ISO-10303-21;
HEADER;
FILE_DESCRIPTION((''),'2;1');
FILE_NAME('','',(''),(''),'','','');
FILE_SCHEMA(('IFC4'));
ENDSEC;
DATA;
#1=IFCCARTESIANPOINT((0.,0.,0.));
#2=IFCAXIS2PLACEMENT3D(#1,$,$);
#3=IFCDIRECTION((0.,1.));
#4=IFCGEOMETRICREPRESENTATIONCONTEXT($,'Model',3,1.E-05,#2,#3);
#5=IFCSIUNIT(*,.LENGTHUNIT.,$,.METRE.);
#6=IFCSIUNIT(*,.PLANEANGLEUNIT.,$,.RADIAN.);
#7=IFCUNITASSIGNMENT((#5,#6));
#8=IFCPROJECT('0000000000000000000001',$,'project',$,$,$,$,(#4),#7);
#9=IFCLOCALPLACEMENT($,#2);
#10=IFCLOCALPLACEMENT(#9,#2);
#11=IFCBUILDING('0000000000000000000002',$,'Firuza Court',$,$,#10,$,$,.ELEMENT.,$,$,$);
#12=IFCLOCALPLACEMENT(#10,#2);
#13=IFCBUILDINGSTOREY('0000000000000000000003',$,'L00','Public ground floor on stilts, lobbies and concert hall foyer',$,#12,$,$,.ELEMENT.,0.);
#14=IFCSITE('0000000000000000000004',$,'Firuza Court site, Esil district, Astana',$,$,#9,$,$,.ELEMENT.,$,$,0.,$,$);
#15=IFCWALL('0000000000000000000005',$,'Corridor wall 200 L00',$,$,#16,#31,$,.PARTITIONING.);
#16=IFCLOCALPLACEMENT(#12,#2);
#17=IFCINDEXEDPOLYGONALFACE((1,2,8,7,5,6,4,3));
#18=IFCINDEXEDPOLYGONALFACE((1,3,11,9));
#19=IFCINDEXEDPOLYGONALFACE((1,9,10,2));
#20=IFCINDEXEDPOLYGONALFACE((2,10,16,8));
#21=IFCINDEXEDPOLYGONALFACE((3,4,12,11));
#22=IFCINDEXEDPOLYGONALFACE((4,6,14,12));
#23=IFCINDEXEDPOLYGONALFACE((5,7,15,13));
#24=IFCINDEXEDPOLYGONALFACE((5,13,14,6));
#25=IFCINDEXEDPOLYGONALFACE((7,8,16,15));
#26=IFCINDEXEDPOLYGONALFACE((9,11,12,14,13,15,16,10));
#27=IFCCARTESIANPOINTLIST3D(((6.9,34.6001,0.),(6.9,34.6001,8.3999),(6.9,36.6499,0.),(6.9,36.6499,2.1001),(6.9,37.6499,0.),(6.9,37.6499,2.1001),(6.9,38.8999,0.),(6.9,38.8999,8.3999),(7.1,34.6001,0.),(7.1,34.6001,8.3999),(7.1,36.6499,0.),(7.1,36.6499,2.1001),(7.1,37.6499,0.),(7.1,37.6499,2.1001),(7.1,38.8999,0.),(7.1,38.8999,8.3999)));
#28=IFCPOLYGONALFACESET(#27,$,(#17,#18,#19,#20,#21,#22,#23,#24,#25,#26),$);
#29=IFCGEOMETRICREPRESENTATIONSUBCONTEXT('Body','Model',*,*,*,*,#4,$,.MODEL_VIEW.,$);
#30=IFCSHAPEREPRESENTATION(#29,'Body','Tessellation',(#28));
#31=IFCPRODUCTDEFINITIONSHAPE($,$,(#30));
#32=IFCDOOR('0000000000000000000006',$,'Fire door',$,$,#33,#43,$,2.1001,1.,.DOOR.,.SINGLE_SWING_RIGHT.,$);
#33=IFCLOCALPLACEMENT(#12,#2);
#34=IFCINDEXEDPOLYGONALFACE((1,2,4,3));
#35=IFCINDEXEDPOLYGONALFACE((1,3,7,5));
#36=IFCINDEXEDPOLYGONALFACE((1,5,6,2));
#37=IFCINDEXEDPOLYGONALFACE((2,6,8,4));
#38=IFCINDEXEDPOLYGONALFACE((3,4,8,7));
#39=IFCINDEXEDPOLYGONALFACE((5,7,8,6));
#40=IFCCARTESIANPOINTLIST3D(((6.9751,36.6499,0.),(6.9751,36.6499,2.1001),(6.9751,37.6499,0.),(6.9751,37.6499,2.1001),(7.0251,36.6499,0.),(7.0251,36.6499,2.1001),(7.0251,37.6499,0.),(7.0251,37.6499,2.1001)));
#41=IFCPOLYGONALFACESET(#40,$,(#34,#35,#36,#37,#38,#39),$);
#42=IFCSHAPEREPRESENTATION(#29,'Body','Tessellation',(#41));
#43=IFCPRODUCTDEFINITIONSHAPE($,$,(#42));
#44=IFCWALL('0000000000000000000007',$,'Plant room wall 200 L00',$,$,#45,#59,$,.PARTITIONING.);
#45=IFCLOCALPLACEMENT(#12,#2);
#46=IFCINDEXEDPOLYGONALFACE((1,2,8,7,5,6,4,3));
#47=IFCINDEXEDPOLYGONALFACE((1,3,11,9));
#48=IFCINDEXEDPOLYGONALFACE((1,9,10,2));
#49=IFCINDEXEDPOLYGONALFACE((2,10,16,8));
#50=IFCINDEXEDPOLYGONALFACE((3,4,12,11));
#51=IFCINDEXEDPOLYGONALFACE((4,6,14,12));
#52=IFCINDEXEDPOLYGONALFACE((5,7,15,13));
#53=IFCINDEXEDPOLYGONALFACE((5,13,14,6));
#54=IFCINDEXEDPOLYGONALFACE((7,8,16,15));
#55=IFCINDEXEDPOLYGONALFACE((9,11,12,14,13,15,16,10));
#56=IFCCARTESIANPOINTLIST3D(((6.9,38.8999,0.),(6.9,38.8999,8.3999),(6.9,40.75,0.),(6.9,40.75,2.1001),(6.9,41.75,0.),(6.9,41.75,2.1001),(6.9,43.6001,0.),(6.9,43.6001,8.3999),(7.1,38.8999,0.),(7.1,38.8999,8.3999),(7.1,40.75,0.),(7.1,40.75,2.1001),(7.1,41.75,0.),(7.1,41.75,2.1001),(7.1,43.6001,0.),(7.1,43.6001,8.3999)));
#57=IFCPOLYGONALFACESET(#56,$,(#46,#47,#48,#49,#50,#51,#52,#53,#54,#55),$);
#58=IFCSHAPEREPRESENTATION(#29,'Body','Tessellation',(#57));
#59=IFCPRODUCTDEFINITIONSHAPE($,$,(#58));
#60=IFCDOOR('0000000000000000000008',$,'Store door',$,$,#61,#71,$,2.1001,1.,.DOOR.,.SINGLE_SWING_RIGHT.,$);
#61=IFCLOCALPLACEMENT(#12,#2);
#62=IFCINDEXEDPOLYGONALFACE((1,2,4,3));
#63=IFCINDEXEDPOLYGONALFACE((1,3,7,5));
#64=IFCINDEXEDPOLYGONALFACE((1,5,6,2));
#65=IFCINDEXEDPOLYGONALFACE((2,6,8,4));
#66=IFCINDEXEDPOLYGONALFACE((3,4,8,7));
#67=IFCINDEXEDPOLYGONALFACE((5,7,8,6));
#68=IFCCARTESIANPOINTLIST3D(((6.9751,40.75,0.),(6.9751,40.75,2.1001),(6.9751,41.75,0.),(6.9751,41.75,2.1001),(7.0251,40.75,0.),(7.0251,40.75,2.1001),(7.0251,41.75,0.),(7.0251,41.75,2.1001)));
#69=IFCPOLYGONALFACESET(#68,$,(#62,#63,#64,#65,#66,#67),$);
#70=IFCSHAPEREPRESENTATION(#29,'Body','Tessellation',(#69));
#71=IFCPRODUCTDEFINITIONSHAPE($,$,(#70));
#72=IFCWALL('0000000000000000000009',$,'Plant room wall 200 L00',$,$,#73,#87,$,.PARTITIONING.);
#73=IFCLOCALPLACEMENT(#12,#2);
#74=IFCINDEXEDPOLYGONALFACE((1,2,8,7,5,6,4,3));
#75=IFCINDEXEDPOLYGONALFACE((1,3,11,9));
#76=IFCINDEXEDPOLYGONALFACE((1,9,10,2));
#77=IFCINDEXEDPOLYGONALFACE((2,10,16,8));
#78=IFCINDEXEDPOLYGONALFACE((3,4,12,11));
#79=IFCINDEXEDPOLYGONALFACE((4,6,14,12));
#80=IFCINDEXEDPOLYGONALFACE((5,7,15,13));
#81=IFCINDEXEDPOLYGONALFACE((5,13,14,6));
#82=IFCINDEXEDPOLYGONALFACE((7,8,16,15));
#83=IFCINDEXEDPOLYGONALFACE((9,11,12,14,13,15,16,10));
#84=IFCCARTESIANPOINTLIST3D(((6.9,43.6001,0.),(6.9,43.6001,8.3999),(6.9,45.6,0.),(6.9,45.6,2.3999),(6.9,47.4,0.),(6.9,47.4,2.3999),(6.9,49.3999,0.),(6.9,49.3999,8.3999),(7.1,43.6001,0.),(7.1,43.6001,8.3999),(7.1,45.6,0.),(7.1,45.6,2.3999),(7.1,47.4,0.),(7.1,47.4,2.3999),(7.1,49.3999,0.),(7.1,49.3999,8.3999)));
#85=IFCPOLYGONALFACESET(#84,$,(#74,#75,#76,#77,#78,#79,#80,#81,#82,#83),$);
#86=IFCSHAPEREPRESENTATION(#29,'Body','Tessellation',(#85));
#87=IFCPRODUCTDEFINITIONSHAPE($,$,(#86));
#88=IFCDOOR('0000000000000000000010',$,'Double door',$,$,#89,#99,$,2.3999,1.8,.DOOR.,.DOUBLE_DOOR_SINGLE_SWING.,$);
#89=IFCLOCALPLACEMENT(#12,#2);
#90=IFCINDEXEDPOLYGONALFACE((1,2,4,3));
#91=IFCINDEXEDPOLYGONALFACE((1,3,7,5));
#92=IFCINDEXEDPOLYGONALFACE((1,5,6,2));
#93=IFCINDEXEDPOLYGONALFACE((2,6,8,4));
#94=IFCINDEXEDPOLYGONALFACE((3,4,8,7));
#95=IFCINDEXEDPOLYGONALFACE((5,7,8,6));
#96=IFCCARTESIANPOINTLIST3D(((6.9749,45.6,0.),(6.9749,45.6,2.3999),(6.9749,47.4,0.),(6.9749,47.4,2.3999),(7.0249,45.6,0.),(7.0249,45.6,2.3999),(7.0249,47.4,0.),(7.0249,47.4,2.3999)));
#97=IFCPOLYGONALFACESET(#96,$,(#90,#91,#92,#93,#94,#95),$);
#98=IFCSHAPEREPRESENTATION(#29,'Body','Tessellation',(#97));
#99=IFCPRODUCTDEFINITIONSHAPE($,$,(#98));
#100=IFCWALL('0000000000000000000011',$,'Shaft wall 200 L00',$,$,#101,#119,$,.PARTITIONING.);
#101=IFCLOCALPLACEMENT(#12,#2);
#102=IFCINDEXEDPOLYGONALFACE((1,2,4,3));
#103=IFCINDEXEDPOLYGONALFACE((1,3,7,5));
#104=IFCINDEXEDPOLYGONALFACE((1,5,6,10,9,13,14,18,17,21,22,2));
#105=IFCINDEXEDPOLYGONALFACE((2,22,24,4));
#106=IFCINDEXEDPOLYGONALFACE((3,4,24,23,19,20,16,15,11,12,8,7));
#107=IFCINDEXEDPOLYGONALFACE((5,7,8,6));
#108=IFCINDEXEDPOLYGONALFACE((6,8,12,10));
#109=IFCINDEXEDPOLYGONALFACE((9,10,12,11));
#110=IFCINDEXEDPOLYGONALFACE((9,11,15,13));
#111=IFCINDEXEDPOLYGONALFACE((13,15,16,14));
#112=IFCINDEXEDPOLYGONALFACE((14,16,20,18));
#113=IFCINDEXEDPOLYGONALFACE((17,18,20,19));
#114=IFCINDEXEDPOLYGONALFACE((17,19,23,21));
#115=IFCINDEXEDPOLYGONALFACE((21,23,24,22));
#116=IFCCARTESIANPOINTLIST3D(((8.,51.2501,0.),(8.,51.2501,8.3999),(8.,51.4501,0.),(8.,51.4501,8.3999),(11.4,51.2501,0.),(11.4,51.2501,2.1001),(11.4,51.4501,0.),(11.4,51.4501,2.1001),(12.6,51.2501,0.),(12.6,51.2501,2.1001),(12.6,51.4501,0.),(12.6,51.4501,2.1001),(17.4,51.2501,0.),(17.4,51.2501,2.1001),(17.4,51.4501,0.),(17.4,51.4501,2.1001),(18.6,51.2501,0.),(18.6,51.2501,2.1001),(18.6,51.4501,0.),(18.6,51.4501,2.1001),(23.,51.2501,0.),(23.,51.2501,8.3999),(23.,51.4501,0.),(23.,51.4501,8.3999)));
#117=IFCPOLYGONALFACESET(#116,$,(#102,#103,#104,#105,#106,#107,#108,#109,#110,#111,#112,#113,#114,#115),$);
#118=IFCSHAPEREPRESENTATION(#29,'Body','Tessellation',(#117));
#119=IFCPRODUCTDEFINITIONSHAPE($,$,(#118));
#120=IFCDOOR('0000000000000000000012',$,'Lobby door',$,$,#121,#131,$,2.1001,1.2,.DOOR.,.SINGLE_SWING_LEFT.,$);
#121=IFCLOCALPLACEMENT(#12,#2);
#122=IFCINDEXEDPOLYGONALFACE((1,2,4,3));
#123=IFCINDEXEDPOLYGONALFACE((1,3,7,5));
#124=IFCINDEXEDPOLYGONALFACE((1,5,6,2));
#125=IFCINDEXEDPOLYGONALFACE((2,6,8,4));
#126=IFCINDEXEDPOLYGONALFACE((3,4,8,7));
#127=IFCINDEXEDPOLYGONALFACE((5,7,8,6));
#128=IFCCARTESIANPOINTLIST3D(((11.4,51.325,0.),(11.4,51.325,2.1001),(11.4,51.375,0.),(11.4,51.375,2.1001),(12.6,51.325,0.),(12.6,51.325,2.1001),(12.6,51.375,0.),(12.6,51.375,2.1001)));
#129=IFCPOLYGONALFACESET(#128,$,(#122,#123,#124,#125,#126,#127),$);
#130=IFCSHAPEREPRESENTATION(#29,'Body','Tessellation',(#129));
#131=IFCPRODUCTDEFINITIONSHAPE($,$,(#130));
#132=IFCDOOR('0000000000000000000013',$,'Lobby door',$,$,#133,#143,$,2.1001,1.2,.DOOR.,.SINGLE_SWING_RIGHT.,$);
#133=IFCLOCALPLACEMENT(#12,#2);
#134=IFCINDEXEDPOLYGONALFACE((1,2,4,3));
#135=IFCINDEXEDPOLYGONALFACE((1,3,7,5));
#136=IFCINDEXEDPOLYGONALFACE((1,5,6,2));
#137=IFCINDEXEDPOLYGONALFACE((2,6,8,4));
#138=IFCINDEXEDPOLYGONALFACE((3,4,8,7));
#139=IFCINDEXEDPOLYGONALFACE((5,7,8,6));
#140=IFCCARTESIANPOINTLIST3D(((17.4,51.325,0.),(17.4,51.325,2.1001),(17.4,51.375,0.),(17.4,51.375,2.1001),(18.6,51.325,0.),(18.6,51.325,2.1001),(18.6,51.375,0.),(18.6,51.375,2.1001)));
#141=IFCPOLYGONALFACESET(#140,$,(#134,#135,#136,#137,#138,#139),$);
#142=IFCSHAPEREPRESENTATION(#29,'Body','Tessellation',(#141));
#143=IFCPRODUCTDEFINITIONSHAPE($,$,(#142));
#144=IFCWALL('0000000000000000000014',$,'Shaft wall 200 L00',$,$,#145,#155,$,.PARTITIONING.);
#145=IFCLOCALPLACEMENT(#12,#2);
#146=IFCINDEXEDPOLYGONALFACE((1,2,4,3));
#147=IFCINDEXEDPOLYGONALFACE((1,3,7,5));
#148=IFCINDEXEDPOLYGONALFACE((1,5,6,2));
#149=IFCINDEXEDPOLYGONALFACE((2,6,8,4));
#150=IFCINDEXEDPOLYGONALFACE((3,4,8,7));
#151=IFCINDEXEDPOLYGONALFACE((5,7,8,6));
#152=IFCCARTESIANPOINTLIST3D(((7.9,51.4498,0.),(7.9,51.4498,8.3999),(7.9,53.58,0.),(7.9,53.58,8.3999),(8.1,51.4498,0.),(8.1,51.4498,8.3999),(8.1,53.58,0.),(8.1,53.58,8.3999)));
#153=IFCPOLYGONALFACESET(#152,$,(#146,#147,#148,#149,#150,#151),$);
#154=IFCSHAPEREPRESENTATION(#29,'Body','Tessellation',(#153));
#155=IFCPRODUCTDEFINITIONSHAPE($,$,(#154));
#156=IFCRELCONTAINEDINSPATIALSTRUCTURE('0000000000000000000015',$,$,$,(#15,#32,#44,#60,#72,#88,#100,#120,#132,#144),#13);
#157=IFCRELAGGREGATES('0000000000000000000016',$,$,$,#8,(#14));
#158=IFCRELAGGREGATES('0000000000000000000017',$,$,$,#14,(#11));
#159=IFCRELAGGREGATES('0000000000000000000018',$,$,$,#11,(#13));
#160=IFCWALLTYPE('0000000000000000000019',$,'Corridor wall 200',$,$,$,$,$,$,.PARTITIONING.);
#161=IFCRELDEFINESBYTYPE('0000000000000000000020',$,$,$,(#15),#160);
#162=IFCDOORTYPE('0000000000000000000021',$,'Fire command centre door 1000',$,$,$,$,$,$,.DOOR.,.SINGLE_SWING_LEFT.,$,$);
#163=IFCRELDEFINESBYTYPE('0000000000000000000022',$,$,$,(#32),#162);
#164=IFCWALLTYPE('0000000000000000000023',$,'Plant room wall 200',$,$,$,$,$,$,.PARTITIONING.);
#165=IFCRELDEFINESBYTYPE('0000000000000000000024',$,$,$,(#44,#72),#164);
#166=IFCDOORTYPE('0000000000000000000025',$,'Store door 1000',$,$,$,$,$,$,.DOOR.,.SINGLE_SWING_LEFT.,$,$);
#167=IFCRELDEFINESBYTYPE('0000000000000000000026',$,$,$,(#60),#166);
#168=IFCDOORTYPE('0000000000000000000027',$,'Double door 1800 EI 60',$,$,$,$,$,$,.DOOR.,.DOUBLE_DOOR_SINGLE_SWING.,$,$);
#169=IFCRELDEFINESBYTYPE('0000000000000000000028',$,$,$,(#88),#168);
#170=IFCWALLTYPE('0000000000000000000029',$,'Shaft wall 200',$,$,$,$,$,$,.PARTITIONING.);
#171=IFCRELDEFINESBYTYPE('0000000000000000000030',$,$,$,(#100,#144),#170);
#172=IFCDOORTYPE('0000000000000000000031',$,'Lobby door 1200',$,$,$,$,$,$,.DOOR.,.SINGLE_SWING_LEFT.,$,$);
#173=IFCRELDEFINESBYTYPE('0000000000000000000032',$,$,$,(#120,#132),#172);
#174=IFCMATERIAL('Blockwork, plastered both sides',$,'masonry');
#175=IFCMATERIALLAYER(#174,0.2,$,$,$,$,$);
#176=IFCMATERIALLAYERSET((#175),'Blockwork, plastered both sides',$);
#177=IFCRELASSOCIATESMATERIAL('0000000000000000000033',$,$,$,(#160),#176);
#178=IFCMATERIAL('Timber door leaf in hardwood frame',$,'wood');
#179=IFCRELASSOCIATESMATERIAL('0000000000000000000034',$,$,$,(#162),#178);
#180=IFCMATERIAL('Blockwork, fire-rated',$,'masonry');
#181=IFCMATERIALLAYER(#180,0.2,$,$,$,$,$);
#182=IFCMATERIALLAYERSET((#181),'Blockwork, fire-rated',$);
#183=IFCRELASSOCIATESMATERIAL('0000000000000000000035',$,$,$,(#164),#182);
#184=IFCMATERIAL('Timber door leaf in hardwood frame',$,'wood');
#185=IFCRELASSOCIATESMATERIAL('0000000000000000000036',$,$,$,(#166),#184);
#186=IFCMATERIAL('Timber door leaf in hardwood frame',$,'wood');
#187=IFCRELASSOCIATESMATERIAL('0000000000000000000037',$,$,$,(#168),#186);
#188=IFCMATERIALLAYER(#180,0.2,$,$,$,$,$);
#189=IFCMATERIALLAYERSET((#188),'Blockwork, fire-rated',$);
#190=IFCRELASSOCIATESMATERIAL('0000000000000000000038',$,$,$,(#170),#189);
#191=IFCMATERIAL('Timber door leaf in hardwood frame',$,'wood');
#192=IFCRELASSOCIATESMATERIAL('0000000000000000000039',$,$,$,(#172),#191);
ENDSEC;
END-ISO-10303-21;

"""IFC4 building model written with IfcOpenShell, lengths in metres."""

from ifc_helpers import new_model, si_unit, direction, frame, frame_2d, origin, place, context, subcontext, project, spatial, rectangle, extrude, material, layer, layer_set, type_object, element, fill, save


model = new_model("IFC4")

# Units and contexts
model_context = context("Model", 3, precision=1e-05, world=origin(), true_north=direction((0.0, 1.0)))
body_context = subcontext(model_context, "Body", "Model", "MODEL_VIEW")
ifc_project = project(units=[si_unit("LENGTHUNIT", "METRE"), si_unit("PLANEANGLEUNIT", "RADIAN")], contexts=[model_context])

# Site, building, storey
site_placement = place(None, origin())
site = spatial("IfcSite", under=ifc_project, at=site_placement, Name="Firuza Court site, Esil district, Astana", CompositionType="ELEMENT", RefElevation=0.0)
building_placement = place(site_placement, origin())
building = spatial("IfcBuilding", under=site, at=building_placement, Name="Firuza Court", CompositionType="ELEMENT")
storey_placement = place(building_placement, origin())
storey = spatial("IfcBuildingStorey", under=building, at=storey_placement, Name="L00", Description="Public ground floor on stilts, lobbies and concert hall foyer", CompositionType="ELEMENT", Elevation=0.0)

# Wall, opening, door
ifc_material_1 = material(Name="Blockwork, plastered both sides", Category="masonry")
ifc_layer_1 = layer(ifc_material_1, 0.2)
ifc_layer_set_1 = layer_set([ifc_layer_1], Name="Blockwork, plastered both sides")
wall_type_1 = type_object("IfcWallType", Name="Corridor wall 200", PredefinedType="PARTITIONING", material=ifc_layer_set_1)
wall_1_placement = place(storey_placement, frame((7.0, 38.8999, 0.0), z_axis=(0.0, 0.0, 1.0), x_axis=(0.0, -1.0, 0.0)))
wall_1 = element("IfcWall", 1, at=wall_1_placement, inside=storey, type_object=wall_type_1, Name="Corridor wall 200 L00", PredefinedType="PARTITIONING", context=body_context, shape_type="SweptSolid", body=[
    extrude(rectangle(XDim=4.2998, YDim=0.2, at=frame_2d((2.1499, 0.0))), origin(), (0.0, 0.0, 1.0), 8.3999),
])
opening_1_placement = place(wall_1_placement, frame((1.25, 0.0, 0.0)))
opening_1 = element("IfcOpeningElement", 2, at=opening_1_placement, cuts=wall_1, PredefinedType="OPENING", context=body_context, shape_type="SweptSolid", body=[
    extrude(rectangle(XDim=1.0, YDim=2.1001, at=frame_2d((0.5, 1.05))), frame((0.0, 0.1118, 0.0), z_axis=(0.0, -1.0, 0.0), x_axis=(1.0, 0.0, 0.0)), (0.0, 0.0, 1.0), 0.2239),
])
ifc_material_2 = material(Name="Timber door leaf in hardwood frame", Category="wood")
door_type_1 = type_object("IfcDoorType", Name="Fire command centre door 1000", OperationType="SINGLE_SWING_LEFT", PredefinedType="DOOR", material=ifc_material_2)
door_1_placement = place(opening_1_placement, frame((1.0, 0.0, 0.0), z_axis=(0.0, 0.0, 1.0), x_axis=(-1.0, 0.0, 0.0)))
door_1 = element("IfcDoor", 3, at=door_1_placement, inside=storey, type_object=door_type_1, Name="Fire door", OperationType="SINGLE_SWING_RIGHT", OverallHeight=2.1001, OverallWidth=1.0, PredefinedType="DOOR", context=body_context, shape_type="SweptSolid", body=[
    extrude(rectangle(XDim=1.0, YDim=2.1001, at=frame_2d((0.5, 1.05))), frame((0.0, 0.0249, 0.0), z_axis=(0.0, -1.0, 0.0), x_axis=(1.0, 0.0, 0.0)), (0.0, 0.0, 1.0), 0.05),
])
fill(opening_1, door_1)

# Walls, openings, doors
ifc_material_3 = material(Name="Blockwork, fire-rated", Category="masonry")
ifc_layer_2 = layer(ifc_material_3, 0.2)
ifc_layer_set_2 = layer_set([ifc_layer_2], Name="Blockwork, fire-rated")
wall_type_2 = type_object("IfcWallType", Name="Plant room wall 200", PredefinedType="PARTITIONING", material=ifc_layer_set_2)
wall_2_placement = place(storey_placement, frame((7.0, 43.6001, 0.0), z_axis=(0.0, 0.0, 1.0), x_axis=(0.0, -1.0, 0.0)))
wall_2 = element("IfcWall", 4, at=wall_2_placement, inside=storey, type_object=wall_type_2, Name="Plant room wall 200 L00", PredefinedType="PARTITIONING", context=body_context, shape_type="SweptSolid", body=[
    extrude(rectangle(XDim=4.7002, YDim=0.2, at=frame_2d((2.3501, 0.0))), origin(), (0.0, 0.0, 1.0), 8.3999),
])
opening_2_placement = place(wall_2_placement, frame((1.8501, 0.0, 0.0)))
opening_2 = element("IfcOpeningElement", 5, at=opening_2_placement, cuts=wall_2, PredefinedType="OPENING", context=body_context, shape_type="SweptSolid", body=[
    extrude(rectangle(XDim=1.0, YDim=2.1001, at=frame_2d((0.5, 1.05))), frame((0.0, 0.1118, 0.0), z_axis=(0.0, -1.0, 0.0), x_axis=(1.0, 0.0, 0.0)), (0.0, 0.0, 1.0), 0.2239),
])
ifc_material_4 = material(Name="Timber door leaf in hardwood frame", Category="wood")
door_type_2 = type_object("IfcDoorType", Name="Store door 1000", OperationType="SINGLE_SWING_LEFT", PredefinedType="DOOR", material=ifc_material_4)
door_2_placement = place(opening_2_placement, frame((1.0, 0.0, 0.0), z_axis=(0.0, 0.0, 1.0), x_axis=(-1.0, 0.0, 0.0)))
door_2 = element("IfcDoor", 6, at=door_2_placement, inside=storey, type_object=door_type_2, Name="Store door", OperationType="SINGLE_SWING_RIGHT", OverallHeight=2.1001, OverallWidth=1.0, PredefinedType="DOOR", context=body_context, shape_type="SweptSolid", body=[
    extrude(rectangle(XDim=1.0, YDim=2.1001, at=frame_2d((0.5, 1.05))), frame((0.0, 0.0249, 0.0), z_axis=(0.0, -1.0, 0.0), x_axis=(1.0, 0.0, 0.0)), (0.0, 0.0, 1.0), 0.05),
])
fill(opening_2, door_2)
wall_3_placement = place(storey_placement, frame((7.0, 49.3999, 0.0), z_axis=(0.0, 0.0, 1.0), x_axis=(0.0, -1.0, 0.0)))
wall_3 = element("IfcWall", 7, at=wall_3_placement, inside=storey, type_object=wall_type_2, Name="Plant room wall 200 L00", PredefinedType="PARTITIONING", context=body_context, shape_type="SweptSolid", body=[
    extrude(rectangle(XDim=5.7998, YDim=0.2, at=frame_2d((2.8999, 0.0))), origin(), (0.0, 0.0, 1.0), 8.3999),
])
opening_3_placement = place(wall_3_placement, frame((2.0, 0.0, 0.0)))
opening_3 = element("IfcOpeningElement", 8, at=opening_3_placement, cuts=wall_3, PredefinedType="OPENING", context=body_context, shape_type="SweptSolid", body=[
    extrude(rectangle(XDim=1.8, YDim=2.3999, at=frame_2d((0.8999, 1.2))), frame((0.0, 0.1118, 0.0), z_axis=(0.0, -1.0, 0.0), x_axis=(1.0, 0.0, 0.0)), (0.0, 0.0, 1.0), 0.2239),
])
ifc_material_5 = material(Name="Timber door leaf in hardwood frame", Category="wood")
door_type_3 = type_object("IfcDoorType", Name="Double door 1800 EI 60", OperationType="DOUBLE_DOOR_SINGLE_SWING", PredefinedType="DOOR", material=ifc_material_5)
door_3_placement = place(opening_3_placement, origin())
door_3 = element("IfcDoor", 9, at=door_3_placement, inside=storey, type_object=door_type_3, Name="Double door", OperationType="DOUBLE_DOOR_SINGLE_SWING", OverallHeight=2.3999, OverallWidth=1.8, PredefinedType="DOOR", context=body_context, shape_type="SweptSolid", body=[
    extrude(rectangle(XDim=1.8, YDim=2.3999, at=frame_2d((0.8999, 1.2))), frame((0.0, 0.0249, 0.0), z_axis=(0.0, -1.0, 0.0), x_axis=(1.0, 0.0, 0.0)), (0.0, 0.0, 1.0), 0.05),
])
fill(opening_3, door_3)

# Wall, openings, doors
ifc_layer_3 = layer(ifc_material_3, 0.2)
ifc_layer_set_3 = layer_set([ifc_layer_3], Name="Blockwork, fire-rated")
wall_type_3 = type_object("IfcWallType", Name="Shaft wall 200", PredefinedType="PARTITIONING", material=ifc_layer_set_3)
wall_4_placement = place(storey_placement, frame((8.0, 51.3501, 0.0), z_axis=(0.0, 0.0, 1.0), x_axis=(1.0, 0.0, 0.0)))
wall_4 = element("IfcWall", 10, at=wall_4_placement, inside=storey, type_object=wall_type_3, Name="Shaft wall 200 L00", PredefinedType="PARTITIONING", context=body_context, shape_type="SweptSolid", body=[
    extrude(rectangle(XDim=15.0, YDim=0.2, at=frame_2d((7.5, 0.0))), origin(), (0.0, 0.0, 1.0), 8.3999),
])
opening_4_placement = place(wall_4_placement, frame((3.3999, 0.0, 0.0)))
opening_4 = element("IfcOpeningElement", 11, at=opening_4_placement, cuts=wall_4, PredefinedType="OPENING", context=body_context, shape_type="SweptSolid", body=[
    extrude(rectangle(XDim=1.2, YDim=2.1001, at=frame_2d((0.6001, 1.05))), frame((0.0, 0.1118, 0.0), z_axis=(0.0, -1.0, 0.0), x_axis=(1.0, 0.0, 0.0)), (0.0, 0.0, 1.0), 0.2239),
])
opening_5_placement = place(wall_4_placement, frame((9.3999, 0.0, 0.0)))
opening_5 = element("IfcOpeningElement", 12, at=opening_5_placement, cuts=wall_4, PredefinedType="OPENING", context=body_context, shape_type="SweptSolid", body=[
    extrude(rectangle(XDim=1.2, YDim=2.1001, at=frame_2d((0.6001, 1.05))), frame((0.0, 0.1118, 0.0), z_axis=(0.0, -1.0, 0.0), x_axis=(1.0, 0.0, 0.0)), (0.0, 0.0, 1.0), 0.2239),
])
ifc_material_6 = material(Name="Timber door leaf in hardwood frame", Category="wood")
door_type_4 = type_object("IfcDoorType", Name="Lobby door 1200", OperationType="SINGLE_SWING_LEFT", PredefinedType="DOOR", material=ifc_material_6)
door_4_placement = place(opening_4_placement, origin())
door_4 = element("IfcDoor", 13, at=door_4_placement, inside=storey, type_object=door_type_4, Name="Lobby door", OperationType="SINGLE_SWING_LEFT", OverallHeight=2.1001, OverallWidth=1.2, PredefinedType="DOOR", context=body_context, shape_type="SweptSolid", body=[
    extrude(rectangle(XDim=1.2, YDim=2.1001, at=frame_2d((0.6001, 1.05))), frame((0.0, 0.0249, 0.0), z_axis=(0.0, -1.0, 0.0), x_axis=(1.0, 0.0, 0.0)), (0.0, 0.0, 1.0), 0.05),
])
fill(opening_4, door_4)
door_5_placement = place(opening_5_placement, origin())
door_5 = element("IfcDoor", 14, at=door_5_placement, inside=storey, type_object=door_type_4, Name="Lobby door", OperationType="SINGLE_SWING_RIGHT", OverallHeight=2.1001, OverallWidth=1.2, PredefinedType="DOOR", context=body_context, shape_type="SweptSolid", body=[
    extrude(rectangle(XDim=1.2, YDim=2.1001, at=frame_2d((0.6001, 1.05))), frame((0.0, 0.0249, 0.0), z_axis=(0.0, -1.0, 0.0), x_axis=(1.0, 0.0, 0.0)), (0.0, 0.0, 1.0), 0.05),
])
fill(opening_5, door_5)

# Wall
wall_5_placement = place(storey_placement, frame((8.0, 51.45, 0.0), z_axis=(0.0, 0.0, 1.0), x_axis=(0.0, 1.0, 0.0)))
element("IfcWall", 15, at=wall_5_placement, inside=storey, type_object=wall_type_3, Name="Shaft wall 200 L00", PredefinedType="PARTITIONING", context=body_context, shape_type="SweptSolid", body=[
    extrude(rectangle(XDim=2.1301, YDim=0.2, at=frame_2d((1.0649, 0.0))), origin(), (0.0, 0.0, 1.0), 8.3999),
])

save(model, "model.ifc")
